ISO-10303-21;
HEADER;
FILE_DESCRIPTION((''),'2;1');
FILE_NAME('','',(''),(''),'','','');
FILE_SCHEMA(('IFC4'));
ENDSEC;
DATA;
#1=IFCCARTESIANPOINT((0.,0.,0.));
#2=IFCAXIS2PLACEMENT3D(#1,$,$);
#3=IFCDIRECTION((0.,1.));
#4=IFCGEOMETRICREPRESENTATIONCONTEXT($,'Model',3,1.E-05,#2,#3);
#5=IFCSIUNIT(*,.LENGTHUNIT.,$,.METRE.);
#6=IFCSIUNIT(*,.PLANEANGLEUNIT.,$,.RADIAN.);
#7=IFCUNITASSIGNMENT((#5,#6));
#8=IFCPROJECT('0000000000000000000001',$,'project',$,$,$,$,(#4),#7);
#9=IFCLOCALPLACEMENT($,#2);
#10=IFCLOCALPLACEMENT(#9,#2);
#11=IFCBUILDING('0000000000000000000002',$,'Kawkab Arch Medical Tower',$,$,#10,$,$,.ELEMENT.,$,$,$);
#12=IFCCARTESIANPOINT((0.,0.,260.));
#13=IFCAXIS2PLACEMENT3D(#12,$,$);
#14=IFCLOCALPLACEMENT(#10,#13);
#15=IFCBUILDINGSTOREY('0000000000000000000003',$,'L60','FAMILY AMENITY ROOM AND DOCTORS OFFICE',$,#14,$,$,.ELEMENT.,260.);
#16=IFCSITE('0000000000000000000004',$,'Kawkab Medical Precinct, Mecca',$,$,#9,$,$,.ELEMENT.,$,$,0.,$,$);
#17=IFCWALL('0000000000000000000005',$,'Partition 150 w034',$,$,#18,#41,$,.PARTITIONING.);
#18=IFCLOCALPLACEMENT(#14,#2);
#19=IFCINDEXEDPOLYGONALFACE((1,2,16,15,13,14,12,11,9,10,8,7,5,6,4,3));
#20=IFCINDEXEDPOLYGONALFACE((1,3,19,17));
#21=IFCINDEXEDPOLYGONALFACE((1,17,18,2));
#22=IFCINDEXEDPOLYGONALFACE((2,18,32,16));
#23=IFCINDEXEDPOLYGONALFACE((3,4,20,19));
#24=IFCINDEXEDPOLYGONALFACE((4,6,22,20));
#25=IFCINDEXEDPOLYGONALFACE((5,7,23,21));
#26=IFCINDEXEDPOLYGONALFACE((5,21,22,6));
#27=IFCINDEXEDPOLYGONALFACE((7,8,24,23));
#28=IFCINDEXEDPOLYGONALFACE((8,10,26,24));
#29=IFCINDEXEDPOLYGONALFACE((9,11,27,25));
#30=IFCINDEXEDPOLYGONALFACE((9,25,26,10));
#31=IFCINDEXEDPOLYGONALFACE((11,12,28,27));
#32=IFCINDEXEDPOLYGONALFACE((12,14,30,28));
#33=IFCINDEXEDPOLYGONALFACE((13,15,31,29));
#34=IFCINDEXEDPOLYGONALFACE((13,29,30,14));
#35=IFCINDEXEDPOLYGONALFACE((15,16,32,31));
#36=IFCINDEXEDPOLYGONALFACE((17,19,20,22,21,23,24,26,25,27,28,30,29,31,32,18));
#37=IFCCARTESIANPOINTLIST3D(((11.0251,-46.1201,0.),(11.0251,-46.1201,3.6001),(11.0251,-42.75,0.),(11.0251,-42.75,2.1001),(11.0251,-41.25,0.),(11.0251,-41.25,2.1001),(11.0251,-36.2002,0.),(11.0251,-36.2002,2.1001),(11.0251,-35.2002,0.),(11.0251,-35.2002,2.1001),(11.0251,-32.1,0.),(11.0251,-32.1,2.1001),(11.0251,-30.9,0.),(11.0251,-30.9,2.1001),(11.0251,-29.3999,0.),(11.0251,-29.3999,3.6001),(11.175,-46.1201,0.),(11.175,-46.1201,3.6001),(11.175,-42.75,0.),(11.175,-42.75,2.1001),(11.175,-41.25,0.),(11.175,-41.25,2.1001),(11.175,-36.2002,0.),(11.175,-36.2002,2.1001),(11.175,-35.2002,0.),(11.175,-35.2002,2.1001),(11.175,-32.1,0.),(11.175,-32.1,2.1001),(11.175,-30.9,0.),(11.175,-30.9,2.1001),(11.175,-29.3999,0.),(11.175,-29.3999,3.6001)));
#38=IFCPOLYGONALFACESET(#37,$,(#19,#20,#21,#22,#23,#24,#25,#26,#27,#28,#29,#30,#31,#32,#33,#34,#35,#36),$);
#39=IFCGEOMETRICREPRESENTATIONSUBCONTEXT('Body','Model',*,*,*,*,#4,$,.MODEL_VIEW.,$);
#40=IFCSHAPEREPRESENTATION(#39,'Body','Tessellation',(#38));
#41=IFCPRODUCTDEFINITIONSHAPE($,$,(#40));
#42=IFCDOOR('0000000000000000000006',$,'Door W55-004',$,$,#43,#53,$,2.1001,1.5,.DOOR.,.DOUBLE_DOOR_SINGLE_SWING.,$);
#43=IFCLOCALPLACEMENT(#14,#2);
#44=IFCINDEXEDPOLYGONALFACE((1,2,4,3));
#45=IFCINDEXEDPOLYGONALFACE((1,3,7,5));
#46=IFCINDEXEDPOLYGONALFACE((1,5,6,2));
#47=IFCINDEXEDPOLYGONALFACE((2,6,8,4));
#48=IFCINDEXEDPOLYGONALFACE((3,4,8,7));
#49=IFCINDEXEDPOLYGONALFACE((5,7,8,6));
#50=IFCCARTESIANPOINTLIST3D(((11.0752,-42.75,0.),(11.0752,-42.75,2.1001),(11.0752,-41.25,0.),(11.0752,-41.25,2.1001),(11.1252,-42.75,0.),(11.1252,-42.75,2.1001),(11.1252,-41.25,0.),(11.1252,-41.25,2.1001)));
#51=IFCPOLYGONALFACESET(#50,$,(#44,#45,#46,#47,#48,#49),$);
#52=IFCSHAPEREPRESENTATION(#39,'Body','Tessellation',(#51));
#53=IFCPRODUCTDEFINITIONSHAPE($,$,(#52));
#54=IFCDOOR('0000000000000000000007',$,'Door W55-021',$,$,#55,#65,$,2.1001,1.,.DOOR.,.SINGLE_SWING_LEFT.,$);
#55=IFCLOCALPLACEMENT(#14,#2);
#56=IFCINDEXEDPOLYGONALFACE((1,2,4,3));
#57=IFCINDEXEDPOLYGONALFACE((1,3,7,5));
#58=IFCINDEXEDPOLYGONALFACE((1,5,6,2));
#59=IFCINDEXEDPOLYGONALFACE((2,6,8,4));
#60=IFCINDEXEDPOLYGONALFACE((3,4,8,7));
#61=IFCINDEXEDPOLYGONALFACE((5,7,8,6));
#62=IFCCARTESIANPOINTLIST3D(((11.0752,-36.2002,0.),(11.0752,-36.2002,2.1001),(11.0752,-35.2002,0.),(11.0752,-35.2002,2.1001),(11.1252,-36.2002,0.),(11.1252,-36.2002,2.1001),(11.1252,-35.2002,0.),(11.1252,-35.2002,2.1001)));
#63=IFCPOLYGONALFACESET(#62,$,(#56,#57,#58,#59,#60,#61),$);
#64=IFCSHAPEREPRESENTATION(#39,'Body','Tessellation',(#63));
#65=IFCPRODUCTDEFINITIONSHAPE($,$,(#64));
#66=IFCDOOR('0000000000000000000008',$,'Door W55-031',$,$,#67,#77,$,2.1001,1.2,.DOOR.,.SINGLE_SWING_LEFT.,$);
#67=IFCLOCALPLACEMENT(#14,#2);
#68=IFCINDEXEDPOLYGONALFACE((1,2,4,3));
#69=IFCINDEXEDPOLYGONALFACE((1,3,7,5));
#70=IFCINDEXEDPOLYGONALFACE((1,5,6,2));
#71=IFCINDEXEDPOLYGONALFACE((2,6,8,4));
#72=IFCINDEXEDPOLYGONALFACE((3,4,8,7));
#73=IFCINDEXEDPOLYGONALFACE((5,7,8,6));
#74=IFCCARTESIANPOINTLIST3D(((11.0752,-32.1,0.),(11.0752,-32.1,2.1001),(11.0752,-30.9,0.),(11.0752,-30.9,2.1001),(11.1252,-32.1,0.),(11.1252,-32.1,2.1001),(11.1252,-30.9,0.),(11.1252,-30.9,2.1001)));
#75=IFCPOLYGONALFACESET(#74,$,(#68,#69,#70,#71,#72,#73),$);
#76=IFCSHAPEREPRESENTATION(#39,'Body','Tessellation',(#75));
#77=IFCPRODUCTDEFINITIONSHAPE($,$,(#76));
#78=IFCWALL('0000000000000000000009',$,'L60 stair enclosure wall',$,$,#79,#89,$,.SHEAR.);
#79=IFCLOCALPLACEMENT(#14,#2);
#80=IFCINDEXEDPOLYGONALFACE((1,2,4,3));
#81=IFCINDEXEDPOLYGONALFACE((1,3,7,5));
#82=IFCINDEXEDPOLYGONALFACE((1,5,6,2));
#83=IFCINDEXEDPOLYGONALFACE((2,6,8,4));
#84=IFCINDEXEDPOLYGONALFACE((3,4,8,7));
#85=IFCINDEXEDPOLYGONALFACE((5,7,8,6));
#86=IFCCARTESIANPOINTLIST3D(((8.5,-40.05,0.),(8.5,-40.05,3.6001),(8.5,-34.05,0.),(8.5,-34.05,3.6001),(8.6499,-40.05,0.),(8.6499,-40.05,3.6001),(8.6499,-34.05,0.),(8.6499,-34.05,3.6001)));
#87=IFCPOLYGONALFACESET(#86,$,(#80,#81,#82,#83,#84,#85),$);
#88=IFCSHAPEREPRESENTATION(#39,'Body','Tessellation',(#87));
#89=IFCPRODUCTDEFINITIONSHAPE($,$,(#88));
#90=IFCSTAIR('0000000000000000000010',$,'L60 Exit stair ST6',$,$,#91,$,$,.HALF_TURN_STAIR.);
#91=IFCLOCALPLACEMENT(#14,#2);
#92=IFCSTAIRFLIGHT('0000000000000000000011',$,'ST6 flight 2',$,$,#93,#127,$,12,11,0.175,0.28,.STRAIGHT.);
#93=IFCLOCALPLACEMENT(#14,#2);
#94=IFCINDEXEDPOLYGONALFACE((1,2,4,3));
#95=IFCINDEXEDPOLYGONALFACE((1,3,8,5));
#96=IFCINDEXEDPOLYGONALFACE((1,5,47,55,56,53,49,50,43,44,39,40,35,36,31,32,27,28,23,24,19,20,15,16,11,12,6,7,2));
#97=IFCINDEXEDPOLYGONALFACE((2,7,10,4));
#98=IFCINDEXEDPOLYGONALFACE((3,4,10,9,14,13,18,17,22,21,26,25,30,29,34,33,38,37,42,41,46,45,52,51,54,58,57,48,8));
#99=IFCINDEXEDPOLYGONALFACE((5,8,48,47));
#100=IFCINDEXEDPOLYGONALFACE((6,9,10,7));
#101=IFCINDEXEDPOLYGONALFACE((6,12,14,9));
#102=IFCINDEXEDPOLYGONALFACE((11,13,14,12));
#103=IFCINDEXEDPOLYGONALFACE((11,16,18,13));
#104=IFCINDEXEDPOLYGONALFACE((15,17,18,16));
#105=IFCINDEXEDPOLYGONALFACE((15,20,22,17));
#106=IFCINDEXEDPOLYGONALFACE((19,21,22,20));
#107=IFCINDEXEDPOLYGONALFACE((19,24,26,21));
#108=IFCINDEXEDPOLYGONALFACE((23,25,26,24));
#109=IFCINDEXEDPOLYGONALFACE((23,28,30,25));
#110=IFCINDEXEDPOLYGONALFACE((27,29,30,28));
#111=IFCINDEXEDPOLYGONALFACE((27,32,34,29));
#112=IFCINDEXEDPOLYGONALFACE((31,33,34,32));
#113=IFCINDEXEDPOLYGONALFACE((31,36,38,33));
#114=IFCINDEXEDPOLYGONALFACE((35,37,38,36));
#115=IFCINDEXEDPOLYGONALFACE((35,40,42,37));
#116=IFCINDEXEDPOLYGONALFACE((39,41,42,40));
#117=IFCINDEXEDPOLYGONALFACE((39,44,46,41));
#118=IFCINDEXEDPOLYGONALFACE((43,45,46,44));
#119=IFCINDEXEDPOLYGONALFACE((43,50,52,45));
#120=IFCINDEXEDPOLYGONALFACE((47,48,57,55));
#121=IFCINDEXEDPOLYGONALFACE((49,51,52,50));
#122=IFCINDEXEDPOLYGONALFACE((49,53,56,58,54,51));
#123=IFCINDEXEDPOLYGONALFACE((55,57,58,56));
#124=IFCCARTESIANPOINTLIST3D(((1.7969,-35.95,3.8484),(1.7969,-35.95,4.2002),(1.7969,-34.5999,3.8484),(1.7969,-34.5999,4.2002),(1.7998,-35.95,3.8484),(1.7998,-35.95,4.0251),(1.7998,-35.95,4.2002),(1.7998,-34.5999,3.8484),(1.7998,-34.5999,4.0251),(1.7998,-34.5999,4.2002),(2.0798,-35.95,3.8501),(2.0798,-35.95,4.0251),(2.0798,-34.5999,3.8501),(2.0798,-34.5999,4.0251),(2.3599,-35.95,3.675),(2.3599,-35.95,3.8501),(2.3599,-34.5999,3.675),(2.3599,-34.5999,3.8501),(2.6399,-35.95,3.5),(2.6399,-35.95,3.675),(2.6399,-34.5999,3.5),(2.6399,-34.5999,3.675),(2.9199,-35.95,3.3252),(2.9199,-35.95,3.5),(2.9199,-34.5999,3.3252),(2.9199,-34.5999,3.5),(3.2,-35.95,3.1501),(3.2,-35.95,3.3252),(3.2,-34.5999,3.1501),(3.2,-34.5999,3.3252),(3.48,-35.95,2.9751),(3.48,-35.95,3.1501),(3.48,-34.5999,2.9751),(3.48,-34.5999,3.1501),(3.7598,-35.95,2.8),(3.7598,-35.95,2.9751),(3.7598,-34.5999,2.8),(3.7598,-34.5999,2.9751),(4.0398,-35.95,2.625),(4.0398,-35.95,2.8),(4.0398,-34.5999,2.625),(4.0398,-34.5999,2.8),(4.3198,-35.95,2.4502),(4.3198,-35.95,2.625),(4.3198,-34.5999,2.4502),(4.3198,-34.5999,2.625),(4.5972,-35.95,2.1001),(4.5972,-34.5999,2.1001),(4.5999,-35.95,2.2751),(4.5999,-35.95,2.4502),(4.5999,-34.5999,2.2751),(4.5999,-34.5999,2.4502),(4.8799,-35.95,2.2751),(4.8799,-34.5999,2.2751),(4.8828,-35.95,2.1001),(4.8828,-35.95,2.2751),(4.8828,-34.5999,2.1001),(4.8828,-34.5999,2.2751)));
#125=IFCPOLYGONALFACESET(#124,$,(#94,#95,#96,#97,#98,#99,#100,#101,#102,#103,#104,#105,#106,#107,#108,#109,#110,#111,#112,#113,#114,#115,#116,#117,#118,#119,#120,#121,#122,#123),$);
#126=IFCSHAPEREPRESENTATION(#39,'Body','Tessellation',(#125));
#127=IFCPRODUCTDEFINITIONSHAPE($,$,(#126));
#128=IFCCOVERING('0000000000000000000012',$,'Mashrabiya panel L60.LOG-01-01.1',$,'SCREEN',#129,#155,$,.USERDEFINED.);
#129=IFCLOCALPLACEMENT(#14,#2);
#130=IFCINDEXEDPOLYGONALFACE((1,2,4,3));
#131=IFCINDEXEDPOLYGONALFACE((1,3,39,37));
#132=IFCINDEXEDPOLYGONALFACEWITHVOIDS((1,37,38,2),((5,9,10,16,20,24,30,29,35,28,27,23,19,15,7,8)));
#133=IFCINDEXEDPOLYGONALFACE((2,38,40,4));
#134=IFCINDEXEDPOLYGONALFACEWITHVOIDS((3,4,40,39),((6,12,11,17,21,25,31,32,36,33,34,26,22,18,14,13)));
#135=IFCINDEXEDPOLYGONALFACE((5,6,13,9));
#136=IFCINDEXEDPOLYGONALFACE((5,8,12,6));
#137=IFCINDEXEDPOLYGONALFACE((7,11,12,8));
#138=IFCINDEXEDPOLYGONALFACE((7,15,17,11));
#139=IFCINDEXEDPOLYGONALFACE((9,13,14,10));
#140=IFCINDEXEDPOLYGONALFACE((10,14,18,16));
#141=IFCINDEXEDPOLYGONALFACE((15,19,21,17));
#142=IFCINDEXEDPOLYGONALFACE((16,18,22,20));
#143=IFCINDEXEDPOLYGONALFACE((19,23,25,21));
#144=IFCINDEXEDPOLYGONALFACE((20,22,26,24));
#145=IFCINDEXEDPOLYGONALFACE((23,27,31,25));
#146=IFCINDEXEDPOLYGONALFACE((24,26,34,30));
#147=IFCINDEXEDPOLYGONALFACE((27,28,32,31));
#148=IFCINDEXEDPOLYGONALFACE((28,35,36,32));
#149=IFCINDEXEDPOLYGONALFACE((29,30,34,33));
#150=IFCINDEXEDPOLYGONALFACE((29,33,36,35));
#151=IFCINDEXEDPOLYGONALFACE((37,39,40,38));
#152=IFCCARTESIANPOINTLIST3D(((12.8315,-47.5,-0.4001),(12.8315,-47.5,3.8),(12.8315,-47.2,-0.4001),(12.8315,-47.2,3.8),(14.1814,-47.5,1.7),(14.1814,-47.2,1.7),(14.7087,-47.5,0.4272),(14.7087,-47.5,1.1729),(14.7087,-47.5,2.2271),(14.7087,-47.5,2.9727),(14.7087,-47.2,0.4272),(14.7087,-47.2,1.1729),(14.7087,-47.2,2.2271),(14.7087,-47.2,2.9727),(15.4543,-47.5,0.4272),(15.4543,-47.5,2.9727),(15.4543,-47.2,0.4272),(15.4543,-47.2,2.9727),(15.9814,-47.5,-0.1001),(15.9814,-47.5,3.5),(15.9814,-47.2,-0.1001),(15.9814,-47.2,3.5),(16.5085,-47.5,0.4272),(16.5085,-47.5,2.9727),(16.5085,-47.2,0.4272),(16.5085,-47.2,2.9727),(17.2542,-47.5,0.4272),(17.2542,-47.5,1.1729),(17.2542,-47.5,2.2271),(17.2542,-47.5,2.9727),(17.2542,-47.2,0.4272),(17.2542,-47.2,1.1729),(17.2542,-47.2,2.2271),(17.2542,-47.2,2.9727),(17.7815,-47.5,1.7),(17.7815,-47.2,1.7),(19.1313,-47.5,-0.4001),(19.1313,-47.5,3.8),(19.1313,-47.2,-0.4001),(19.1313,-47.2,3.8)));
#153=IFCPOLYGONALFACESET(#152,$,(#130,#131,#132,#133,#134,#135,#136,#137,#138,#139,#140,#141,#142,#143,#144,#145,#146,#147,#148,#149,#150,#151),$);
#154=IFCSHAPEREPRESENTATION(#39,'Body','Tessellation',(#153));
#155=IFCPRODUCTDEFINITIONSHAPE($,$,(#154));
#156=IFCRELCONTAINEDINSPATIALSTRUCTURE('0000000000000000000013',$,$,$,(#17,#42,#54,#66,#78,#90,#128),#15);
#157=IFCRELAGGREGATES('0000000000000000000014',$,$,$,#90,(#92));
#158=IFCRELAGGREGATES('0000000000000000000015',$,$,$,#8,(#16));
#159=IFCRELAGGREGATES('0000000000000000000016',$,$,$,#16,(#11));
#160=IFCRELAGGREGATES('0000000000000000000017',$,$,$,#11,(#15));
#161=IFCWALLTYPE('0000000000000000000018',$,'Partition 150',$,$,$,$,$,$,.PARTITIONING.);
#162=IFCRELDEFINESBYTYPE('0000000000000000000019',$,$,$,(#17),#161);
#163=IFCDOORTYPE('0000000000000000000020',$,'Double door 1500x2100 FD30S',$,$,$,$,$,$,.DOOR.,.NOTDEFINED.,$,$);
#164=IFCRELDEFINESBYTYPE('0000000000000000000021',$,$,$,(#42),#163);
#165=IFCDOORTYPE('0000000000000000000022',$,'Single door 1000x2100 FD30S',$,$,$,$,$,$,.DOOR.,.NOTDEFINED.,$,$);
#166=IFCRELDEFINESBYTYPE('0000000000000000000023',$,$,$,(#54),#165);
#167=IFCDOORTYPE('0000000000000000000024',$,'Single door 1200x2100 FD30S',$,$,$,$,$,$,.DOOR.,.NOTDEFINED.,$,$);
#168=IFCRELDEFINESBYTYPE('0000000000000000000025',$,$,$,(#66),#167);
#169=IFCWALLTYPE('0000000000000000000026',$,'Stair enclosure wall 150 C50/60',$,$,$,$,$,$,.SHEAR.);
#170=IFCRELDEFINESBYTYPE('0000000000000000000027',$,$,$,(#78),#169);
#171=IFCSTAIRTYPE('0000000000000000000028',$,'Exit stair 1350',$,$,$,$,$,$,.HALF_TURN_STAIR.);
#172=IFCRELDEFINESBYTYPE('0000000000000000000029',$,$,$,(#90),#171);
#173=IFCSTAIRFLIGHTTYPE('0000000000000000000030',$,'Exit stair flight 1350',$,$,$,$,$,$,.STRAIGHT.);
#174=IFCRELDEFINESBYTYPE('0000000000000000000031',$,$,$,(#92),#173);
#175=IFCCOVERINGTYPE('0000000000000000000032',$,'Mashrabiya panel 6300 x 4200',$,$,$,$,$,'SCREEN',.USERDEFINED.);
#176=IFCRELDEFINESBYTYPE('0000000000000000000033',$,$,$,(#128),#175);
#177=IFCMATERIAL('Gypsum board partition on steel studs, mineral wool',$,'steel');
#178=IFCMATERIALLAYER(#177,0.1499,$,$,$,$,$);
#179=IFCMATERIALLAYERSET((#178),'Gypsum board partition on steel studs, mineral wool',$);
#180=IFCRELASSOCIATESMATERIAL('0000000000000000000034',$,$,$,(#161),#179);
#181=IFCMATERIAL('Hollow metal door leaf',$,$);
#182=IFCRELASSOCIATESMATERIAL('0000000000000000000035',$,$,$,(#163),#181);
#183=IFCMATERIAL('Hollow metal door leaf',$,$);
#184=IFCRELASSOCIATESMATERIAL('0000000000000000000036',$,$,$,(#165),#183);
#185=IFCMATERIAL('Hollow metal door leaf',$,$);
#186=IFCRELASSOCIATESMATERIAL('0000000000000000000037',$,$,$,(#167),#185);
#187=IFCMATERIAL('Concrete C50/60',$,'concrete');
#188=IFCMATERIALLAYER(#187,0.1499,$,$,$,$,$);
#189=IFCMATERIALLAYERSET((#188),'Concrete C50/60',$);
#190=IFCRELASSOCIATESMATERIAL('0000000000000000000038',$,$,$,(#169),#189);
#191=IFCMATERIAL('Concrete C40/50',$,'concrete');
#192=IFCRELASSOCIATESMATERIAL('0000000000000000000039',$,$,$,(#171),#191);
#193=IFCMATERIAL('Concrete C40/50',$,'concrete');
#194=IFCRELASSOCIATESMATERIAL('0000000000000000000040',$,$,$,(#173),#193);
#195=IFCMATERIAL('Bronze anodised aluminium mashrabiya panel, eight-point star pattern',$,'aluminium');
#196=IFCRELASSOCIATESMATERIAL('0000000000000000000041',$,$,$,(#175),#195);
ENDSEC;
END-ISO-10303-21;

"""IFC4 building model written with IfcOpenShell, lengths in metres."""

from ifc_helpers import new_model, si_unit, direction, frame, frame_2d, origin, place, context, subcontext, project, spatial, polyline, rectangle, outline, extrude, material, layer, layer_set, material_profile, profile_set, type_object, element, fill, aggregate, save


model = new_model("IFC4")

# Units and contexts
model_context = context("Model", 3, precision=1e-05, world=origin(), true_north=direction((0.0, 1.0)))
body_context = subcontext(model_context, "Body", "Model", "MODEL_VIEW")
ifc_project = project(units=[si_unit("LENGTHUNIT", "METRE"), si_unit("PLANEANGLEUNIT", "RADIAN")], contexts=[model_context])

# Site, building, storey
site_placement = place(None, origin())
site = spatial("IfcSite", under=ifc_project, at=site_placement, Name="Kawkab Medical Precinct, Mecca", CompositionType="ELEMENT", RefElevation=0.0)
building_placement = place(site_placement, origin())
building = spatial("IfcBuilding", under=site, at=building_placement, Name="Kawkab Arch Medical Tower", CompositionType="ELEMENT")
storey_placement = place(building_placement, frame((0.0, 0.0, 260.0)))
storey = spatial("IfcBuildingStorey", under=building, at=storey_placement, Name="L60", Description="FAMILY AMENITY ROOM AND DOCTORS OFFICE", CompositionType="ELEMENT", Elevation=260.0)

# Shared definitions
placement = place(storey_placement, origin())

# Shared definitions
ifc_material_1 = material(Name="Gypsum board partition on steel studs, mineral wool", Category="steel")
ifc_layer_1 = layer(ifc_material_1, 0.1499)
ifc_layer_set_1 = layer_set([ifc_layer_1], Name="Gypsum board partition on steel studs, mineral wool")
wall_type_1 = type_object("IfcWallType", Name="Partition 150", PredefinedType="PARTITIONING", material=ifc_layer_set_1)

# Wall, openings, doors
wall_1_placement = place(storey_placement, frame((11.1001, -46.1201, 0.0), z_axis=(0.0, 0.0, 1.0), x_axis=(0.0, 1.0, 0.0)))
wall_1 = element("IfcWall", 1, at=wall_1_placement, inside=storey, type_object=wall_type_1, Name="Partition 150 w034", PredefinedType="PARTITIONING", context=body_context, shape_type="SweptSolid", body=[
    extrude(rectangle(XDim=16.7202, YDim=0.1499, at=frame_2d((8.3601, 0.0))), origin(), (0.0, 0.0, 1.0), 3.6001),
])
opening_1_placement = place(wall_1_placement, frame((14.02, 0.0, 0.0)))
opening_1 = element("IfcOpeningElement", 2, at=opening_1_placement, cuts=wall_1, PredefinedType="OPENING", context=body_context, shape_type="SweptSolid", body=[
    extrude(rectangle(XDim=1.2, YDim=2.1001, at=frame_2d((0.6001, 1.05))), frame((0.0, 0.085, 0.0), z_axis=(0.0, -1.0, 0.0), x_axis=(1.0, 0.0, 0.0)), (0.0, 0.0, 1.0), 0.1699),
])
opening_2_placement = place(wall_1_placement, frame((9.9199, 0.0, 0.0)))
opening_2 = element("IfcOpeningElement", 3, at=opening_2_placement, cuts=wall_1, PredefinedType="OPENING", context=body_context, shape_type="SweptSolid", body=[
    extrude(rectangle(XDim=1.0, YDim=2.1001, at=frame_2d((0.5, 1.05))), frame((0.0, 0.085, 0.0), z_axis=(0.0, -1.0, 0.0), x_axis=(1.0, 0.0, 0.0)), (0.0, 0.0, 1.0), 0.1699),
])
opening_3_placement = place(wall_1_placement, frame((3.3701, 0.0, 0.0)))
opening_3 = element("IfcOpeningElement", 4, at=opening_3_placement, cuts=wall_1, PredefinedType="OPENING", context=body_context, shape_type="SweptSolid", body=[
    extrude(rectangle(XDim=1.5, YDim=2.1001, at=frame_2d((0.75, 1.05))), frame((0.0, 0.085, 0.0), z_axis=(0.0, -1.0, 0.0), x_axis=(1.0, 0.0, 0.0)), (0.0, 0.0, 1.0), 0.1699),
])
ifc_material_2 = material(Name="Hollow metal door leaf")
door_type_1 = type_object("IfcDoorType", Name="Double door 1500x2100 FD30S", OperationType="NOTDEFINED", PredefinedType="DOOR", material=ifc_material_2)
door_1_placement = place(opening_3_placement, origin())
door_1 = element("IfcDoor", 5, at=door_1_placement, inside=storey, type_object=door_type_1, Name="Door W55-004", OperationType="DOUBLE_DOOR_SINGLE_SWING", OverallHeight=2.1001, OverallWidth=1.5, PredefinedType="DOOR", context=body_context, shape_type="SweptSolid", body=[
    extrude(rectangle(XDim=1.5, YDim=2.1001, at=frame_2d((0.75, 1.05))), frame((0.0, 0.0249, 0.0), z_axis=(0.0, -1.0, 0.0), x_axis=(1.0, 0.0, 0.0)), (0.0, 0.0, 1.0), 0.05),
])
fill(opening_3, door_1)
ifc_material_3 = material(Name="Hollow metal door leaf")
door_type_2 = type_object("IfcDoorType", Name="Single door 1000x2100 FD30S", OperationType="NOTDEFINED", PredefinedType="DOOR", material=ifc_material_3)
door_2_placement = place(opening_2_placement, origin())
door_2 = element("IfcDoor", 6, at=door_2_placement, inside=storey, type_object=door_type_2, Name="Door W55-021", OperationType="SINGLE_SWING_LEFT", OverallHeight=2.1001, OverallWidth=1.0, PredefinedType="DOOR", context=body_context, shape_type="SweptSolid", body=[
    extrude(rectangle(XDim=1.0, YDim=2.1001, at=frame_2d((0.5, 1.05))), frame((0.0, 0.0249, 0.0), z_axis=(0.0, -1.0, 0.0), x_axis=(1.0, 0.0, 0.0)), (0.0, 0.0, 1.0), 0.05),
])
fill(opening_2, door_2)
ifc_material_4 = material(Name="Hollow metal door leaf")
door_type_3 = type_object("IfcDoorType", Name="Single door 1200x2100 FD30S", OperationType="NOTDEFINED", PredefinedType="DOOR", material=ifc_material_4)
door_3_placement = place(opening_1_placement, origin())
door_3 = element("IfcDoor", 7, at=door_3_placement, inside=storey, type_object=door_type_3, Name="Door W55-031", OperationType="SINGLE_SWING_LEFT", OverallHeight=2.1001, OverallWidth=1.2, PredefinedType="DOOR", context=body_context, shape_type="SweptSolid", body=[
    extrude(rectangle(XDim=1.2, YDim=2.1001, at=frame_2d((0.6001, 1.05))), frame((0.0, 0.0249, 0.0), z_axis=(0.0, -1.0, 0.0), x_axis=(1.0, 0.0, 0.0)), (0.0, 0.0, 1.0), 0.05),
])
fill(opening_1, door_3)

# Wall
ifc_material_5 = material(Name="Concrete C50/60", Category="concrete")
ifc_layer_2 = layer(ifc_material_5, 0.1499)
ifc_layer_set_2 = layer_set([ifc_layer_2], Name="Concrete C50/60")
wall_type_2 = type_object("IfcWallType", Name="Stair enclosure wall 150 C50/60", PredefinedType="SHEAR", material=ifc_layer_set_2)
wall_2_placement = place(storey_placement, frame((8.575, -40.05, 0.0), z_axis=(0.0, 0.0, 1.0), x_axis=(0.0, 1.0, 0.0)))
element("IfcWall", 8, at=wall_2_placement, inside=storey, type_object=wall_type_2, Name="L60 stair enclosure wall", PredefinedType="SHEAR", context=body_context, shape_type="SweptSolid", body=[
    extrude(rectangle(XDim=6.0, YDim=0.1499, at=frame_2d((3.0, 0.0))), origin(), (0.0, 0.0, 1.0), 3.6001),
])

# Stair, stair flight
ifc_material_6 = material(Name="Concrete C40/50", Category="concrete")
stair_type = type_object("IfcStairType", Name="Exit stair 1350", PredefinedType="HALF_TURN_STAIR", material=ifc_material_6)
stair = element("IfcStair", 9, at=placement, inside=storey, type_object=stair_type, Name="L60 Exit stair ST6", PredefinedType="HALF_TURN_STAIR")
ifc_material_7 = material(Name="Concrete C40/50", Category="concrete")
stair_flight_type = type_object("IfcStairFlightType", Name="Exit stair flight 1350", PredefinedType="STRAIGHT", material=ifc_material_7)
stair_flight_placement = place(storey_placement, frame((4.8799, -35.2749, 2.1001), z_axis=(0.0, 0.0, 1.0), x_axis=(-1.0, 0.0, 0.0)))
stair_flight = element("IfcStairFlight", 10, at=stair_flight_placement, type_object=stair_flight_type, Name="ST6 flight 2", NumberOfRisers=12, NumberOfTreads=11, PredefinedType="STRAIGHT", RiserHeight=0.175, TreadLength=0.28, context=body_context, shape_type="SweptSolid", body=[
    extrude(outline(polyline([(-0.0029, 0.0), (-0.0029, 0.175), (0.0, 0.175), (0.28, 0.175), (0.28, 0.3501), (0.5601, 0.3501), (0.5601, 0.5249), (0.8401, 0.5249), (0.8401, 0.7), (1.1201, 0.7), (1.1201, 0.875), (1.3999, 0.875), (1.3999, 1.05), (1.6799, 1.05), (1.6799, 1.2251), (1.96, 1.2251), (1.96, 1.3999), (2.24, 1.3999), (2.24, 1.575), (2.52, 1.575), (2.52, 1.75), (2.8, 1.75), (2.8, 1.925), (3.0801, 1.925), (3.0801, 2.1001), (3.083, 2.1001), (3.083, 1.7483), (3.0801, 1.7483), (0.2827, 0.0), (-0.0029, 0.0)])), frame((0.0, 0.675, 0.0), z_axis=(0.0, -1.0, 0.0), x_axis=(1.0, 0.0, 0.0)), (0.0, 0.0, 1.0), 1.3501),
])
aggregate(stair, [stair_flight])

# Covering
ifc_material_8 = material(Name="Bronze anodised aluminium mashrabiya panel, eight-point star pattern", Category="aluminium")
ifc_material_profile_1 = material_profile(ifc_material_8, outline(polyline([(-3.1499, -2.1001), (3.1499, -2.1001), (3.1499, 2.1001), (-3.1499, 2.1001), (-3.1499, -2.1001)]), holes=[polyline([(1.8, 0.0), (1.2727, 0.5271), (1.2727, 1.2727), (0.5271, 1.2727), (0.0, 1.8), (-0.5271, 1.2727), (-1.2727, 1.2727), (-1.2727, 0.5271), (-1.8, 0.0), (-1.2727, -0.5271), (-1.2727, -1.2727), (-0.5271, -1.2727), (0.0, -1.8), (0.5271, -1.2727), (1.2727, -1.2727), (1.2727, -0.5271), (1.8, 0.0)])]), Name="Mashrabiya panel 6300x4200")
ifc_profile_set_1 = profile_set([ifc_material_profile_1], Name="Bronze anodised aluminium mashrabiya panel, eight-point star pattern")
covering_type_1 = type_object("IfcCoveringType", Name="Mashrabiya panel 6300 x 4200", ElementType="SCREEN", PredefinedType="USERDEFINED", material=ifc_profile_set_1)
for number, where, z_axis, x_axis, name in (
    (11, (15.9814, -47.2, 1.7), (0.0, -1.0, 0.0), (1.0, 0.0, 0.0), "Mashrabiya panel L60.LOG-01-01.1"),
):
    element("IfcCovering", number, at=place(storey_placement, frame(where, z_axis=z_axis, x_axis=x_axis)), inside=storey, type_object=covering_type_1, Name=name, ObjectType="SCREEN", PredefinedType="USERDEFINED", context=body_context, shape_type="SweptSolid", body=[
        extrude(outline(polyline([(-3.1499, -2.1001), (3.1499, -2.1001), (3.1499, 2.1001), (-3.1499, 2.1001), (-3.1499, -2.1001)]), holes=[polyline([(1.8, 0.0), (1.2727, 0.5271), (1.2727, 1.2727), (0.5271, 1.2727), (0.0, 1.8), (-0.5271, 1.2727), (-1.2727, 1.2727), (-1.2727, 0.5271), (-1.8, 0.0), (-1.2727, -0.5271), (-1.2727, -1.2727), (-0.5271, -1.2727), (0.0, -1.8), (0.5271, -1.2727), (1.2727, -1.2727), (1.2727, -0.5271), (1.8, 0.0)])]), origin(), (0.0, 0.0, 1.0), 0.3),
    ])

save(model, "model.ifc")
